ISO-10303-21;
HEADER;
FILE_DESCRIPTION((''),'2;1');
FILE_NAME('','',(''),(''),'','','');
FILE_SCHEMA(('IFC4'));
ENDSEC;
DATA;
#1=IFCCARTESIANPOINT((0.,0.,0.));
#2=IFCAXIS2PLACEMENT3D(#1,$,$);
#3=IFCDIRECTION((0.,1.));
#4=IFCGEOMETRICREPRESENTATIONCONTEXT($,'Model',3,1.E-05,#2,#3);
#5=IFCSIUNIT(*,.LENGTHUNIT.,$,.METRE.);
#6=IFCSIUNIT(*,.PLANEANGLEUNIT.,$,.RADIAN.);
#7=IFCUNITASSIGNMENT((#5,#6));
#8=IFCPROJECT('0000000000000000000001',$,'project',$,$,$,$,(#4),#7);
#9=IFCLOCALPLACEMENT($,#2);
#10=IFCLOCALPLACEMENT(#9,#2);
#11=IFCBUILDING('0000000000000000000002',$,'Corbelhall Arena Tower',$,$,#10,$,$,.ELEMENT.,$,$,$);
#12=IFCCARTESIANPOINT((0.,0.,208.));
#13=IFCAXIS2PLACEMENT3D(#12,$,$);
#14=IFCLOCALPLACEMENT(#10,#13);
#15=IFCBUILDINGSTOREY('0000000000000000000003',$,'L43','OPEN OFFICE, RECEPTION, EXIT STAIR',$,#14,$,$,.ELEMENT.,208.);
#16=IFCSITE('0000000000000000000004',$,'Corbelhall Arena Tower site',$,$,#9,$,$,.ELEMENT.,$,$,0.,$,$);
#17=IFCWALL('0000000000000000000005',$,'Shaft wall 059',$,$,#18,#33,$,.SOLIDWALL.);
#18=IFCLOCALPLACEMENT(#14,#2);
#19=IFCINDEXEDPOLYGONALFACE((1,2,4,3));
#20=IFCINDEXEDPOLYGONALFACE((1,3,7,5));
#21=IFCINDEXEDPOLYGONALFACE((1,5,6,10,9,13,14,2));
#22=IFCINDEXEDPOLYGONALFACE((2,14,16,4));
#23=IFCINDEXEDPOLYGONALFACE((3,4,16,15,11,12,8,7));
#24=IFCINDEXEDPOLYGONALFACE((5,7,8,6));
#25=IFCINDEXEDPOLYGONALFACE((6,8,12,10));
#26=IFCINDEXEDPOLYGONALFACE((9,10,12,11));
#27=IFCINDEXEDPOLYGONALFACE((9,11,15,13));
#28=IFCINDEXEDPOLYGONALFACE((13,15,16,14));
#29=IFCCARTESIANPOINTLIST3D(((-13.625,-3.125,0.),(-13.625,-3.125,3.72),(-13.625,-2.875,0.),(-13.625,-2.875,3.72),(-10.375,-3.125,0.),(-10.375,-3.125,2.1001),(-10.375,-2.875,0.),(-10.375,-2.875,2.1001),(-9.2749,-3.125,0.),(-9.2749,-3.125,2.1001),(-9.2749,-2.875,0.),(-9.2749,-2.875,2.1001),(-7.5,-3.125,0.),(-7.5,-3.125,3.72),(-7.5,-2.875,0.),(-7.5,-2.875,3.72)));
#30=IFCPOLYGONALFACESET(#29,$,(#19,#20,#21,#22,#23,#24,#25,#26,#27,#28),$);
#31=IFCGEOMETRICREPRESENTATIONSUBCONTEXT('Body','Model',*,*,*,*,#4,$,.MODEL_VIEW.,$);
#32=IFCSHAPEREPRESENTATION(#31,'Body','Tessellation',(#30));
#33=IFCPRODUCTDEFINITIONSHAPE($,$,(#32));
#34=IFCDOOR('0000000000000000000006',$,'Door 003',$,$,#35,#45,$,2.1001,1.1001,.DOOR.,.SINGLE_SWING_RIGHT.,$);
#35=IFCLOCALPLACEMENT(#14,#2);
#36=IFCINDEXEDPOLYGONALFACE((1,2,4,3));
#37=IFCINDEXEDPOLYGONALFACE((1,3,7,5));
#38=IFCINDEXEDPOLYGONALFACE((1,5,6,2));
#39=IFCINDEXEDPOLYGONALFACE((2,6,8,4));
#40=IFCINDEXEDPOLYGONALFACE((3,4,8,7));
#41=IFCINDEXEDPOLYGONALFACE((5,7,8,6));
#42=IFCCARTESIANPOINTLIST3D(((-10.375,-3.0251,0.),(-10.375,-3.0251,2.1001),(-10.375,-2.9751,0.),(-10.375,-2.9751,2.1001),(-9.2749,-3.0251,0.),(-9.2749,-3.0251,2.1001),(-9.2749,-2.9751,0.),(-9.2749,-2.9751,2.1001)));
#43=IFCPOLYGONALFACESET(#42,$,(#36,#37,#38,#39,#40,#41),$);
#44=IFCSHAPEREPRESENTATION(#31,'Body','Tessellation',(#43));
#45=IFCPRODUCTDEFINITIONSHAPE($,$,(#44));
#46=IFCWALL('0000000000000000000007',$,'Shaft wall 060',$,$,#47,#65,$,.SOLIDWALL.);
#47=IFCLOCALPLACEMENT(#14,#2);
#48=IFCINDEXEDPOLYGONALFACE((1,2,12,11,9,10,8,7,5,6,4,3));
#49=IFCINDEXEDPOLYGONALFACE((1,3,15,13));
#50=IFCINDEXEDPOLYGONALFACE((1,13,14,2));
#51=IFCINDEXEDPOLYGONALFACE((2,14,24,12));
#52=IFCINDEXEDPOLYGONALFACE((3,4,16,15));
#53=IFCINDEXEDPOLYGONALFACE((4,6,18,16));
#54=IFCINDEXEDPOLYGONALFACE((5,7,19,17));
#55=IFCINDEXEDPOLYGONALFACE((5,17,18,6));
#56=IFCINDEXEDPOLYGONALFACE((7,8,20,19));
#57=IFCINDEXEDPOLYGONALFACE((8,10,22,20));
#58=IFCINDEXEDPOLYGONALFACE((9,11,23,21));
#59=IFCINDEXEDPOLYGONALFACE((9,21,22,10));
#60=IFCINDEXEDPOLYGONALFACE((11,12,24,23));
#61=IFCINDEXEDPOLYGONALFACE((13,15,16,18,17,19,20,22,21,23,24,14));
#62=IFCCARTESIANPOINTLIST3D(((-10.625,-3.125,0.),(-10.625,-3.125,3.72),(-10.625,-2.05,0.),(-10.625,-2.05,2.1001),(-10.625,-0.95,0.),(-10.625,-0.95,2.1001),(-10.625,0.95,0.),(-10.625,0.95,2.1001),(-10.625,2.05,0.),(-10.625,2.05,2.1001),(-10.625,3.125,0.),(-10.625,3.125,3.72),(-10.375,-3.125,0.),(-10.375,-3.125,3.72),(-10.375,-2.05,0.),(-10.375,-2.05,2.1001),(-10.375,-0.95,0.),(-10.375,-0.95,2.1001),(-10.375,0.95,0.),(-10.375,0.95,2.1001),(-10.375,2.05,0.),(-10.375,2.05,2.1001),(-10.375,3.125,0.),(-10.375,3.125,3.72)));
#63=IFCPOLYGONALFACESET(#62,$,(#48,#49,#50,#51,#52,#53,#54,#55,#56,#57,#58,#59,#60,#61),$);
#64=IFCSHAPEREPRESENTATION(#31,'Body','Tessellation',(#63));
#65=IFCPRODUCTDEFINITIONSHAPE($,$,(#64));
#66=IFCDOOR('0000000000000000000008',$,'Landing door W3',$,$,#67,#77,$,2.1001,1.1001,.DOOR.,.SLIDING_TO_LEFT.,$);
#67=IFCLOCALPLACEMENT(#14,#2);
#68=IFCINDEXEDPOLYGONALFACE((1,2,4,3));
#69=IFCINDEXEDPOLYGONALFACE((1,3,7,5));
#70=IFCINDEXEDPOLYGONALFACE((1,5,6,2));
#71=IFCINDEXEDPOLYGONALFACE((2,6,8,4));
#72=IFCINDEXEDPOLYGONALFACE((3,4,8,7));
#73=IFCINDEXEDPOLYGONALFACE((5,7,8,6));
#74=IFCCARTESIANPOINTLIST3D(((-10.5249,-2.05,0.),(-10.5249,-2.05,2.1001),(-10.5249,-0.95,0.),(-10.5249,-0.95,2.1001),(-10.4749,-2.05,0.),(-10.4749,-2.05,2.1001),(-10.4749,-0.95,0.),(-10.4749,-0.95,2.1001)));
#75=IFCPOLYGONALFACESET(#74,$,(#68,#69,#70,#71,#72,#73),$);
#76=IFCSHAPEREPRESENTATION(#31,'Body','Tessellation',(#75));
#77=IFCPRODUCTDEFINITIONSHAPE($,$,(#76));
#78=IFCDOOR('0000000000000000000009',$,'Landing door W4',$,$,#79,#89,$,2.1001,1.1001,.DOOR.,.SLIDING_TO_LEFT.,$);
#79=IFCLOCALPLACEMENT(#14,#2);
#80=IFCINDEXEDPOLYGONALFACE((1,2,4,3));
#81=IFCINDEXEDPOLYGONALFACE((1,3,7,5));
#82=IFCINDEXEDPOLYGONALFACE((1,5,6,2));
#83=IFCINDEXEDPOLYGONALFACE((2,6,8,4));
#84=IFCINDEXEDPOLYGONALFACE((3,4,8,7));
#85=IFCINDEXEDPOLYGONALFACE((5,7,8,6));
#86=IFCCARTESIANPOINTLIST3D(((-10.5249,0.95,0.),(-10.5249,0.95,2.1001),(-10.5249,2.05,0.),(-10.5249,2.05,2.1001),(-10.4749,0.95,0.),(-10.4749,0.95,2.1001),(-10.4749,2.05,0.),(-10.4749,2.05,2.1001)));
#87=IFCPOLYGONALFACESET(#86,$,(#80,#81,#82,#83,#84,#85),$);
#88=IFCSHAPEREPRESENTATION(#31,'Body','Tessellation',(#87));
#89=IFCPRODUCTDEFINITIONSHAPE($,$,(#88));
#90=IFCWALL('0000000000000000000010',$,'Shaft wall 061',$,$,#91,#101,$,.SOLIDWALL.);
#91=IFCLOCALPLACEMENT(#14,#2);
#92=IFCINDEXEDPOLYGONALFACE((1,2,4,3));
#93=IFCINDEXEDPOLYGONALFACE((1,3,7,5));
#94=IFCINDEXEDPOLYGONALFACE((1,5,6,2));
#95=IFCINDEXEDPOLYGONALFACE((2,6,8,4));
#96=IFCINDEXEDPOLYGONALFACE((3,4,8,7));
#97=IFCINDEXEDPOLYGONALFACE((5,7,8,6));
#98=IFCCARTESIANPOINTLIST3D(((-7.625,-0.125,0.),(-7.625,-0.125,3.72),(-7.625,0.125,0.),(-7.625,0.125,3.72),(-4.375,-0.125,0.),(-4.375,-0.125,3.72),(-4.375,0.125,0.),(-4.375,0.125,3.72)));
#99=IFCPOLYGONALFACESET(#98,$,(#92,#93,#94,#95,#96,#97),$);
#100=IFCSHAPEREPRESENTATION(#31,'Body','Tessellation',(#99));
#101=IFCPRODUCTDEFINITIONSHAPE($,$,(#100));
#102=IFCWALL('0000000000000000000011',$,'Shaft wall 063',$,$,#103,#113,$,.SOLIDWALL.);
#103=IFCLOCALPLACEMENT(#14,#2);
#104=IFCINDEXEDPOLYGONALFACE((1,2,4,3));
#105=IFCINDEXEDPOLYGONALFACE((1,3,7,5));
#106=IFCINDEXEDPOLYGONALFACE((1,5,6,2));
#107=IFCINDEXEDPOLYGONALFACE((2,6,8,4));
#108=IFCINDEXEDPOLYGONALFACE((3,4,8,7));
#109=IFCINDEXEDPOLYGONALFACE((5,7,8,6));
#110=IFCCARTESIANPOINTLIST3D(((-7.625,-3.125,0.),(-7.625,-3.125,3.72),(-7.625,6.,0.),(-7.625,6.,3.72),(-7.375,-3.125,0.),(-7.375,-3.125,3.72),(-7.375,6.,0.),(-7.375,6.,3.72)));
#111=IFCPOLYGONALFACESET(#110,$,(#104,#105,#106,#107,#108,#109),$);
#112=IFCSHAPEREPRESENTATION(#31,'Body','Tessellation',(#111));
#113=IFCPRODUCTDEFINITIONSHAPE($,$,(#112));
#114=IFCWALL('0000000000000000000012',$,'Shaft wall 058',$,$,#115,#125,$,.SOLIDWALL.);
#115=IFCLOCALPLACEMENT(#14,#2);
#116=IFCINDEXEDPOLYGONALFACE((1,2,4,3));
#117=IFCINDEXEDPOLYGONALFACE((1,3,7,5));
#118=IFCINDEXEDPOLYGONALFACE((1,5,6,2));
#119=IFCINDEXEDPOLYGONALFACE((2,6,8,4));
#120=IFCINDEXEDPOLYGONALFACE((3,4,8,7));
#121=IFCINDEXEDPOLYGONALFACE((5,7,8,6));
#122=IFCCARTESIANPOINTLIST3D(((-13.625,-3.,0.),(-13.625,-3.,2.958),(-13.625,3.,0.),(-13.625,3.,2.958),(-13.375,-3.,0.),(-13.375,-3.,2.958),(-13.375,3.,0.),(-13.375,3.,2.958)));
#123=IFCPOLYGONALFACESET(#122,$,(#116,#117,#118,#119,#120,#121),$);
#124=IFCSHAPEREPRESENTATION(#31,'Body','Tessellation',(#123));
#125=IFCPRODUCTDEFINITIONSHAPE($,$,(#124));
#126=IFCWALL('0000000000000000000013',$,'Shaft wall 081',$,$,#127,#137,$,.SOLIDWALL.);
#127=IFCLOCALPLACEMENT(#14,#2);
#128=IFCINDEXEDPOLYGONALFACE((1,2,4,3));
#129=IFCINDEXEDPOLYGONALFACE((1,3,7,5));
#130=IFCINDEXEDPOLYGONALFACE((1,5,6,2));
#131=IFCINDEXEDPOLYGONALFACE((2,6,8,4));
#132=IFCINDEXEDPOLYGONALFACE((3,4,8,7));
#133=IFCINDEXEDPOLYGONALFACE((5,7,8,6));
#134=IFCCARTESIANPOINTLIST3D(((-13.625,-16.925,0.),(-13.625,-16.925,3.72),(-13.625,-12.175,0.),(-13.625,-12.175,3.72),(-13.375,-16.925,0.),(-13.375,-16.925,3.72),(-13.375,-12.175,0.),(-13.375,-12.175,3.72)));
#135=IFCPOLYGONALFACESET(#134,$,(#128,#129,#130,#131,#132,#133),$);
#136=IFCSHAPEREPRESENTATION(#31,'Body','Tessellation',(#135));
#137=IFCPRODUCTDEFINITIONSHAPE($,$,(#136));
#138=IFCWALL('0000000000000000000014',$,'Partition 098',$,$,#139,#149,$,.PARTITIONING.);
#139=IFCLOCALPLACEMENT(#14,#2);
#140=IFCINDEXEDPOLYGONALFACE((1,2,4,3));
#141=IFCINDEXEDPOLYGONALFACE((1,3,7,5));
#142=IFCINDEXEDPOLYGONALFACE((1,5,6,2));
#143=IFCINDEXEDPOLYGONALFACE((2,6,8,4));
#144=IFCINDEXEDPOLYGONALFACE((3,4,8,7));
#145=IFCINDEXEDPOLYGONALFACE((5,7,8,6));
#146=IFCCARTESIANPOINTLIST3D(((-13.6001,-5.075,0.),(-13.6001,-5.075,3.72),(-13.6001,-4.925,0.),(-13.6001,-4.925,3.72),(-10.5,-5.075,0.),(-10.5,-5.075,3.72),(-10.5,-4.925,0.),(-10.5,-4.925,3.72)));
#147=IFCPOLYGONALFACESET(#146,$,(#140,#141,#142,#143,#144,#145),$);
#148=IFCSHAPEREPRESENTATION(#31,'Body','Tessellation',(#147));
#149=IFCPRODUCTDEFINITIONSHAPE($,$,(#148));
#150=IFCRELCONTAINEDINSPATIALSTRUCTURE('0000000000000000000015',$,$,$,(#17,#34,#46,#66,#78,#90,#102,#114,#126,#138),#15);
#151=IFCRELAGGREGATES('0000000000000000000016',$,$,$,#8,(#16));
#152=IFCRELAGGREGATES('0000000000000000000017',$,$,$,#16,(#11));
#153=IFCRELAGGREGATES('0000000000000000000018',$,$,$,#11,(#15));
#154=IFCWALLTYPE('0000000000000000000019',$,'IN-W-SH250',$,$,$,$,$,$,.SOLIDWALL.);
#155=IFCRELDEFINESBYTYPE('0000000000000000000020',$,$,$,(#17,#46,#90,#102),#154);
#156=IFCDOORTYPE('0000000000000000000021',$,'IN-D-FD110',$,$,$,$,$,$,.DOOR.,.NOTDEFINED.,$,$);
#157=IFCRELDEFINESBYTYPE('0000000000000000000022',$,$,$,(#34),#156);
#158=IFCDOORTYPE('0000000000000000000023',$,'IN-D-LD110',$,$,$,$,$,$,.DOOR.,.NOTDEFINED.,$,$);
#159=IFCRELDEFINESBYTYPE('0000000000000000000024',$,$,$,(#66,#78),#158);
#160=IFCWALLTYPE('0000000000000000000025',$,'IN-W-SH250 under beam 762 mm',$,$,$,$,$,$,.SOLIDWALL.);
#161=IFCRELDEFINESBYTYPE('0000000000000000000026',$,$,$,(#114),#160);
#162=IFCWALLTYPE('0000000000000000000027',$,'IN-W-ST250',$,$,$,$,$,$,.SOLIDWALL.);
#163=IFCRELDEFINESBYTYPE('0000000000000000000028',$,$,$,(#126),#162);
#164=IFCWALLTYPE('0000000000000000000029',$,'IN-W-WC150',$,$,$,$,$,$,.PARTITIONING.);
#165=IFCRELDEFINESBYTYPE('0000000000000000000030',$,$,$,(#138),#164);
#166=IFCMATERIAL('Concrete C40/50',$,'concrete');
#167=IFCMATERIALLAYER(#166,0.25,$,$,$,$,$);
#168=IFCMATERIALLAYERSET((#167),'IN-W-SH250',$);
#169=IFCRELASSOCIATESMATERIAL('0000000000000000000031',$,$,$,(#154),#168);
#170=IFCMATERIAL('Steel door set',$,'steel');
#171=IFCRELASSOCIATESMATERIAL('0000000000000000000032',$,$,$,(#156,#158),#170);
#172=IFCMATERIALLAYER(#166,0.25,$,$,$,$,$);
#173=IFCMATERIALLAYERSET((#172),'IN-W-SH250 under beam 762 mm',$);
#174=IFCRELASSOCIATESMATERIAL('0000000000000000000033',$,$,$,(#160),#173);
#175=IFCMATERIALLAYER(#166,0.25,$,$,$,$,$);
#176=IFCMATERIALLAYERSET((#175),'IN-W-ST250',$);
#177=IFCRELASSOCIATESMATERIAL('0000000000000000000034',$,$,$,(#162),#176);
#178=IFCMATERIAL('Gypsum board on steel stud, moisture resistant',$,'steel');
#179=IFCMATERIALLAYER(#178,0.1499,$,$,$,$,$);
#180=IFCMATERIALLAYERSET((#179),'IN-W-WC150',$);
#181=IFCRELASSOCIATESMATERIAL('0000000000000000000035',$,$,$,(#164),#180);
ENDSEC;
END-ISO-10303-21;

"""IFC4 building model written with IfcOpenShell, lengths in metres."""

from ifc_helpers import new_model, si_unit, direction, frame, frame_2d, origin, place, context, subcontext, project, spatial, rectangle, extrude, material, layer, layer_set, type_object, element, fill, save


model = new_model("IFC4")

# Units and contexts
model_context = context("Model", 3, precision=1e-05, world=origin(), true_north=direction((0.0, 1.0)))
body_context = subcontext(model_context, "Body", "Model", "MODEL_VIEW")
ifc_project = project(units=[si_unit("LENGTHUNIT", "METRE"), si_unit("PLANEANGLEUNIT", "RADIAN")], contexts=[model_context])

# Site, building, storey
site_placement = place(None, origin())
site = spatial("IfcSite", under=ifc_project, at=site_placement, Name="Corbelhall Arena Tower site", CompositionType="ELEMENT", RefElevation=0.0)
building_placement = place(site_placement, origin())
building = spatial("IfcBuilding", under=site, at=building_placement, Name="Corbelhall Arena Tower", CompositionType="ELEMENT")
storey_placement = place(building_placement, frame((0.0, 0.0, 208.0)))
storey = spatial("IfcBuildingStorey", under=building, at=storey_placement, Name="L43", Description="OPEN OFFICE, RECEPTION, EXIT STAIR", CompositionType="ELEMENT", Elevation=208.0)

# Shared definitions
ifc_material_1 = material(Name="Concrete C40/50", Category="concrete")
ifc_layer_1 = layer(ifc_material_1, 0.25)
ifc_layer_set_1 = layer_set([ifc_layer_1], Name="IN-W-SH250")
wall_type_1 = type_object("IfcWallType", Name="IN-W-SH250", PredefinedType="SOLIDWALL", material=ifc_layer_set_1)

# Wall, opening, door
wall_1_placement = place(storey_placement, frame((-13.625, -3.0, 0.0), z_axis=(0.0, 0.0, 1.0), x_axis=(1.0, 0.0, 0.0)))
wall_1 = element("IfcWall", 1, at=wall_1_placement, inside=storey, type_object=wall_type_1, Name="Shaft wall 059", PredefinedType="SOLIDWALL", context=body_context, shape_type="SweptSolid", body=[
    extrude(rectangle(XDim=6.125, YDim=0.25, at=frame_2d((3.0625, 0.0))), origin(), (0.0, 0.0, 1.0), 3.72),
])
opening_1_placement = place(wall_1_placement, frame((3.25, 0.0, 0.0)))
opening_1 = element("IfcOpeningElement", 2, at=opening_1_placement, cuts=wall_1, PredefinedType="OPENING", context=body_context, shape_type="SweptSolid", body=[
    extrude(rectangle(XDim=1.1001, YDim=2.1001, at=frame_2d((0.55, 1.05))), frame((0.0, 0.125, 0.0), z_axis=(0.0, -1.0, 0.0), x_axis=(1.0, 0.0, 0.0)), (0.0, 0.0, 1.0), 0.25),
])
ifc_material_2 = material(Name="Steel door set", Category="steel")
door_type_1 = type_object("IfcDoorType", Name="IN-D-FD110", OperationType="NOTDEFINED", PredefinedType="DOOR", material=ifc_material_2)
door_1_placement = place(opening_1_placement, origin())
door_1 = element("IfcDoor", 3, at=door_1_placement, inside=storey, type_object=door_type_1, Name="Door 003", OperationType="SINGLE_SWING_RIGHT", OverallHeight=2.1001, OverallWidth=1.1001, PredefinedType="DOOR", context=body_context, shape_type="SweptSolid", body=[
    extrude(rectangle(XDim=1.1001, YDim=2.1001, at=frame_2d((0.55, 1.05))), frame((0.0, 0.0249, 0.0), z_axis=(0.0, -1.0, 0.0), x_axis=(1.0, 0.0, 0.0)), (0.0, 0.0, 1.0), 0.05),
])
fill(opening_1, door_1)

# Wall, openings, doors
wall_2_placement = place(storey_placement, frame((-10.5, -3.125, 0.0), z_axis=(0.0, 0.0, 1.0), x_axis=(0.0, 1.0, 0.0)))
wall_2 = element("IfcWall", 4, at=wall_2_placement, inside=storey, type_object=wall_type_1, Name="Shaft wall 060", PredefinedType="SOLIDWALL", context=body_context, shape_type="SweptSolid", body=[
    extrude(rectangle(XDim=6.25, YDim=0.25, at=frame_2d((3.125, 0.0))), origin(), (0.0, 0.0, 1.0), 3.72),
])
opening_2_placement = place(wall_2_placement, frame((1.075, 0.0, 0.0)))
opening_2 = element("IfcOpeningElement", 5, at=opening_2_placement, cuts=wall_2, PredefinedType="OPENING", context=body_context, shape_type="SweptSolid", body=[
    extrude(rectangle(XDim=1.1001, YDim=2.1001, at=frame_2d((0.55, 1.05))), frame((0.0, 0.125, 0.0), z_axis=(0.0, -1.0, 0.0), x_axis=(1.0, 0.0, 0.0)), (0.0, 0.0, 1.0), 0.25),
])
opening_3_placement = place(wall_2_placement, frame((4.075, 0.0, 0.0)))
opening_3 = element("IfcOpeningElement", 6, at=opening_3_placement, cuts=wall_2, PredefinedType="OPENING", context=body_context, shape_type="SweptSolid", body=[
    extrude(rectangle(XDim=1.1001, YDim=2.1001, at=frame_2d((0.55, 1.05))), frame((0.0, 0.125, 0.0), z_axis=(0.0, -1.0, 0.0), x_axis=(1.0, 0.0, 0.0)), (0.0, 0.0, 1.0), 0.25),
])
door_type_2 = type_object("IfcDoorType", Name="IN-D-LD110", OperationType="NOTDEFINED", PredefinedType="DOOR", material=ifc_material_2)
door_2_placement = place(opening_2_placement, origin())
door_2 = element("IfcDoor", 7, at=door_2_placement, inside=storey, type_object=door_type_2, Name="Landing door W3", OperationType="SLIDING_TO_LEFT", OverallHeight=2.1001, OverallWidth=1.1001, PredefinedType="DOOR", context=body_context, shape_type="SweptSolid", body=[
    extrude(rectangle(XDim=1.1001, YDim=2.1001, at=frame_2d((0.55, 1.05))), frame((0.0, 0.0249, 0.0), z_axis=(0.0, -1.0, 0.0), x_axis=(1.0, 0.0, 0.0)), (0.0, 0.0, 1.0), 0.05),
])
fill(opening_2, door_2)
door_3_placement = place(opening_3_placement, origin())
door_3 = element("IfcDoor", 8, at=door_3_placement, inside=storey, type_object=door_type_2, Name="Landing door W4", OperationType="SLIDING_TO_LEFT", OverallHeight=2.1001, OverallWidth=1.1001, PredefinedType="DOOR", context=body_context, shape_type="SweptSolid", body=[
    extrude(rectangle(XDim=1.1001, YDim=2.1001, at=frame_2d((0.55, 1.05))), frame((0.0, 0.0249, 0.0), z_axis=(0.0, -1.0, 0.0), x_axis=(1.0, 0.0, 0.0)), (0.0, 0.0, 1.0), 0.05),
])
fill(opening_3, door_3)

# Walls
wall_3_placement = place(storey_placement, frame((-7.625, 0.0, 0.0), z_axis=(0.0, 0.0, 1.0), x_axis=(1.0, 0.0, 0.0)))
element("IfcWall", 9, at=wall_3_placement, inside=storey, type_object=wall_type_1, Name="Shaft wall 061", PredefinedType="SOLIDWALL", context=body_context, shape_type="SweptSolid", body=[
    extrude(rectangle(XDim=3.25, YDim=0.25, at=frame_2d((1.625, 0.0))), origin(), (0.0, 0.0, 1.0), 3.72),
])
wall_4_placement = place(storey_placement, frame((-7.5, -3.125, 0.0), z_axis=(0.0, 0.0, 1.0), x_axis=(0.0, 1.0, 0.0)))
element("IfcWall", 10, at=wall_4_placement, inside=storey, type_object=wall_type_1, Name="Shaft wall 063", PredefinedType="SOLIDWALL", context=body_context, shape_type="SweptSolid", body=[
    extrude(rectangle(XDim=9.125, YDim=0.25, at=frame_2d((4.5625, 0.0))), origin(), (0.0, 0.0, 1.0), 3.72),
])
ifc_layer_2 = layer(ifc_material_1, 0.25)
ifc_layer_set_2 = layer_set([ifc_layer_2], Name="IN-W-SH250 under beam 762 mm")
wall_type_2 = type_object("IfcWallType", Name="IN-W-SH250 under beam 762 mm", PredefinedType="SOLIDWALL", material=ifc_layer_set_2)
wall_5_placement = place(storey_placement, frame((-13.5, -3.0, 0.0), z_axis=(0.0, 0.0, 1.0), x_axis=(0.0, 1.0, 0.0)))
element("IfcWall", 11, at=wall_5_placement, inside=storey, type_object=wall_type_2, Name="Shaft wall 058", PredefinedType="SOLIDWALL", context=body_context, shape_type="SweptSolid", body=[
    extrude(rectangle(XDim=6.0, YDim=0.25, at=frame_2d((3.0, 0.0))), origin(), (0.0, 0.0, 1.0), 2.958),
])
ifc_layer_3 = layer(ifc_material_1, 0.25)
ifc_layer_set_3 = layer_set([ifc_layer_3], Name="IN-W-ST250")
wall_type_3 = type_object("IfcWallType", Name="IN-W-ST250", PredefinedType="SOLIDWALL", material=ifc_layer_set_3)
wall_6_placement = place(storey_placement, frame((-13.5, -12.175, 0.0), z_axis=(0.0, 0.0, 1.0), x_axis=(0.0, -1.0, 0.0)))
element("IfcWall", 12, at=wall_6_placement, inside=storey, type_object=wall_type_3, Name="Shaft wall 081", PredefinedType="SOLIDWALL", context=body_context, shape_type="SweptSolid", body=[
    extrude(rectangle(XDim=4.75, YDim=0.25, at=frame_2d((2.375, 0.0))), origin(), (0.0, 0.0, 1.0), 3.72),
])
ifc_material_3 = material(Name="Gypsum board on steel stud, moisture resistant", Category="steel")
ifc_layer_4 = layer(ifc_material_3, 0.1499)
ifc_layer_set_4 = layer_set([ifc_layer_4], Name="IN-W-WC150")
wall_type_4 = type_object("IfcWallType", Name="IN-W-WC150", PredefinedType="PARTITIONING", material=ifc_layer_set_4)
wall_7_placement = place(storey_placement, frame((-13.6001, -5.0, 0.0), z_axis=(0.0, 0.0, 1.0), x_axis=(1.0, 0.0, 0.0)))
element("IfcWall", 13, at=wall_7_placement, inside=storey, type_object=wall_type_4, Name="Partition 098", PredefinedType="PARTITIONING", context=body_context, shape_type="SweptSolid", body=[
    extrude(rectangle(XDim=3.1001, YDim=0.1499, at=frame_2d((1.55, 0.0))), origin(), (0.0, 0.0, 1.0), 3.72),
])

save(model, "model.ifc")
